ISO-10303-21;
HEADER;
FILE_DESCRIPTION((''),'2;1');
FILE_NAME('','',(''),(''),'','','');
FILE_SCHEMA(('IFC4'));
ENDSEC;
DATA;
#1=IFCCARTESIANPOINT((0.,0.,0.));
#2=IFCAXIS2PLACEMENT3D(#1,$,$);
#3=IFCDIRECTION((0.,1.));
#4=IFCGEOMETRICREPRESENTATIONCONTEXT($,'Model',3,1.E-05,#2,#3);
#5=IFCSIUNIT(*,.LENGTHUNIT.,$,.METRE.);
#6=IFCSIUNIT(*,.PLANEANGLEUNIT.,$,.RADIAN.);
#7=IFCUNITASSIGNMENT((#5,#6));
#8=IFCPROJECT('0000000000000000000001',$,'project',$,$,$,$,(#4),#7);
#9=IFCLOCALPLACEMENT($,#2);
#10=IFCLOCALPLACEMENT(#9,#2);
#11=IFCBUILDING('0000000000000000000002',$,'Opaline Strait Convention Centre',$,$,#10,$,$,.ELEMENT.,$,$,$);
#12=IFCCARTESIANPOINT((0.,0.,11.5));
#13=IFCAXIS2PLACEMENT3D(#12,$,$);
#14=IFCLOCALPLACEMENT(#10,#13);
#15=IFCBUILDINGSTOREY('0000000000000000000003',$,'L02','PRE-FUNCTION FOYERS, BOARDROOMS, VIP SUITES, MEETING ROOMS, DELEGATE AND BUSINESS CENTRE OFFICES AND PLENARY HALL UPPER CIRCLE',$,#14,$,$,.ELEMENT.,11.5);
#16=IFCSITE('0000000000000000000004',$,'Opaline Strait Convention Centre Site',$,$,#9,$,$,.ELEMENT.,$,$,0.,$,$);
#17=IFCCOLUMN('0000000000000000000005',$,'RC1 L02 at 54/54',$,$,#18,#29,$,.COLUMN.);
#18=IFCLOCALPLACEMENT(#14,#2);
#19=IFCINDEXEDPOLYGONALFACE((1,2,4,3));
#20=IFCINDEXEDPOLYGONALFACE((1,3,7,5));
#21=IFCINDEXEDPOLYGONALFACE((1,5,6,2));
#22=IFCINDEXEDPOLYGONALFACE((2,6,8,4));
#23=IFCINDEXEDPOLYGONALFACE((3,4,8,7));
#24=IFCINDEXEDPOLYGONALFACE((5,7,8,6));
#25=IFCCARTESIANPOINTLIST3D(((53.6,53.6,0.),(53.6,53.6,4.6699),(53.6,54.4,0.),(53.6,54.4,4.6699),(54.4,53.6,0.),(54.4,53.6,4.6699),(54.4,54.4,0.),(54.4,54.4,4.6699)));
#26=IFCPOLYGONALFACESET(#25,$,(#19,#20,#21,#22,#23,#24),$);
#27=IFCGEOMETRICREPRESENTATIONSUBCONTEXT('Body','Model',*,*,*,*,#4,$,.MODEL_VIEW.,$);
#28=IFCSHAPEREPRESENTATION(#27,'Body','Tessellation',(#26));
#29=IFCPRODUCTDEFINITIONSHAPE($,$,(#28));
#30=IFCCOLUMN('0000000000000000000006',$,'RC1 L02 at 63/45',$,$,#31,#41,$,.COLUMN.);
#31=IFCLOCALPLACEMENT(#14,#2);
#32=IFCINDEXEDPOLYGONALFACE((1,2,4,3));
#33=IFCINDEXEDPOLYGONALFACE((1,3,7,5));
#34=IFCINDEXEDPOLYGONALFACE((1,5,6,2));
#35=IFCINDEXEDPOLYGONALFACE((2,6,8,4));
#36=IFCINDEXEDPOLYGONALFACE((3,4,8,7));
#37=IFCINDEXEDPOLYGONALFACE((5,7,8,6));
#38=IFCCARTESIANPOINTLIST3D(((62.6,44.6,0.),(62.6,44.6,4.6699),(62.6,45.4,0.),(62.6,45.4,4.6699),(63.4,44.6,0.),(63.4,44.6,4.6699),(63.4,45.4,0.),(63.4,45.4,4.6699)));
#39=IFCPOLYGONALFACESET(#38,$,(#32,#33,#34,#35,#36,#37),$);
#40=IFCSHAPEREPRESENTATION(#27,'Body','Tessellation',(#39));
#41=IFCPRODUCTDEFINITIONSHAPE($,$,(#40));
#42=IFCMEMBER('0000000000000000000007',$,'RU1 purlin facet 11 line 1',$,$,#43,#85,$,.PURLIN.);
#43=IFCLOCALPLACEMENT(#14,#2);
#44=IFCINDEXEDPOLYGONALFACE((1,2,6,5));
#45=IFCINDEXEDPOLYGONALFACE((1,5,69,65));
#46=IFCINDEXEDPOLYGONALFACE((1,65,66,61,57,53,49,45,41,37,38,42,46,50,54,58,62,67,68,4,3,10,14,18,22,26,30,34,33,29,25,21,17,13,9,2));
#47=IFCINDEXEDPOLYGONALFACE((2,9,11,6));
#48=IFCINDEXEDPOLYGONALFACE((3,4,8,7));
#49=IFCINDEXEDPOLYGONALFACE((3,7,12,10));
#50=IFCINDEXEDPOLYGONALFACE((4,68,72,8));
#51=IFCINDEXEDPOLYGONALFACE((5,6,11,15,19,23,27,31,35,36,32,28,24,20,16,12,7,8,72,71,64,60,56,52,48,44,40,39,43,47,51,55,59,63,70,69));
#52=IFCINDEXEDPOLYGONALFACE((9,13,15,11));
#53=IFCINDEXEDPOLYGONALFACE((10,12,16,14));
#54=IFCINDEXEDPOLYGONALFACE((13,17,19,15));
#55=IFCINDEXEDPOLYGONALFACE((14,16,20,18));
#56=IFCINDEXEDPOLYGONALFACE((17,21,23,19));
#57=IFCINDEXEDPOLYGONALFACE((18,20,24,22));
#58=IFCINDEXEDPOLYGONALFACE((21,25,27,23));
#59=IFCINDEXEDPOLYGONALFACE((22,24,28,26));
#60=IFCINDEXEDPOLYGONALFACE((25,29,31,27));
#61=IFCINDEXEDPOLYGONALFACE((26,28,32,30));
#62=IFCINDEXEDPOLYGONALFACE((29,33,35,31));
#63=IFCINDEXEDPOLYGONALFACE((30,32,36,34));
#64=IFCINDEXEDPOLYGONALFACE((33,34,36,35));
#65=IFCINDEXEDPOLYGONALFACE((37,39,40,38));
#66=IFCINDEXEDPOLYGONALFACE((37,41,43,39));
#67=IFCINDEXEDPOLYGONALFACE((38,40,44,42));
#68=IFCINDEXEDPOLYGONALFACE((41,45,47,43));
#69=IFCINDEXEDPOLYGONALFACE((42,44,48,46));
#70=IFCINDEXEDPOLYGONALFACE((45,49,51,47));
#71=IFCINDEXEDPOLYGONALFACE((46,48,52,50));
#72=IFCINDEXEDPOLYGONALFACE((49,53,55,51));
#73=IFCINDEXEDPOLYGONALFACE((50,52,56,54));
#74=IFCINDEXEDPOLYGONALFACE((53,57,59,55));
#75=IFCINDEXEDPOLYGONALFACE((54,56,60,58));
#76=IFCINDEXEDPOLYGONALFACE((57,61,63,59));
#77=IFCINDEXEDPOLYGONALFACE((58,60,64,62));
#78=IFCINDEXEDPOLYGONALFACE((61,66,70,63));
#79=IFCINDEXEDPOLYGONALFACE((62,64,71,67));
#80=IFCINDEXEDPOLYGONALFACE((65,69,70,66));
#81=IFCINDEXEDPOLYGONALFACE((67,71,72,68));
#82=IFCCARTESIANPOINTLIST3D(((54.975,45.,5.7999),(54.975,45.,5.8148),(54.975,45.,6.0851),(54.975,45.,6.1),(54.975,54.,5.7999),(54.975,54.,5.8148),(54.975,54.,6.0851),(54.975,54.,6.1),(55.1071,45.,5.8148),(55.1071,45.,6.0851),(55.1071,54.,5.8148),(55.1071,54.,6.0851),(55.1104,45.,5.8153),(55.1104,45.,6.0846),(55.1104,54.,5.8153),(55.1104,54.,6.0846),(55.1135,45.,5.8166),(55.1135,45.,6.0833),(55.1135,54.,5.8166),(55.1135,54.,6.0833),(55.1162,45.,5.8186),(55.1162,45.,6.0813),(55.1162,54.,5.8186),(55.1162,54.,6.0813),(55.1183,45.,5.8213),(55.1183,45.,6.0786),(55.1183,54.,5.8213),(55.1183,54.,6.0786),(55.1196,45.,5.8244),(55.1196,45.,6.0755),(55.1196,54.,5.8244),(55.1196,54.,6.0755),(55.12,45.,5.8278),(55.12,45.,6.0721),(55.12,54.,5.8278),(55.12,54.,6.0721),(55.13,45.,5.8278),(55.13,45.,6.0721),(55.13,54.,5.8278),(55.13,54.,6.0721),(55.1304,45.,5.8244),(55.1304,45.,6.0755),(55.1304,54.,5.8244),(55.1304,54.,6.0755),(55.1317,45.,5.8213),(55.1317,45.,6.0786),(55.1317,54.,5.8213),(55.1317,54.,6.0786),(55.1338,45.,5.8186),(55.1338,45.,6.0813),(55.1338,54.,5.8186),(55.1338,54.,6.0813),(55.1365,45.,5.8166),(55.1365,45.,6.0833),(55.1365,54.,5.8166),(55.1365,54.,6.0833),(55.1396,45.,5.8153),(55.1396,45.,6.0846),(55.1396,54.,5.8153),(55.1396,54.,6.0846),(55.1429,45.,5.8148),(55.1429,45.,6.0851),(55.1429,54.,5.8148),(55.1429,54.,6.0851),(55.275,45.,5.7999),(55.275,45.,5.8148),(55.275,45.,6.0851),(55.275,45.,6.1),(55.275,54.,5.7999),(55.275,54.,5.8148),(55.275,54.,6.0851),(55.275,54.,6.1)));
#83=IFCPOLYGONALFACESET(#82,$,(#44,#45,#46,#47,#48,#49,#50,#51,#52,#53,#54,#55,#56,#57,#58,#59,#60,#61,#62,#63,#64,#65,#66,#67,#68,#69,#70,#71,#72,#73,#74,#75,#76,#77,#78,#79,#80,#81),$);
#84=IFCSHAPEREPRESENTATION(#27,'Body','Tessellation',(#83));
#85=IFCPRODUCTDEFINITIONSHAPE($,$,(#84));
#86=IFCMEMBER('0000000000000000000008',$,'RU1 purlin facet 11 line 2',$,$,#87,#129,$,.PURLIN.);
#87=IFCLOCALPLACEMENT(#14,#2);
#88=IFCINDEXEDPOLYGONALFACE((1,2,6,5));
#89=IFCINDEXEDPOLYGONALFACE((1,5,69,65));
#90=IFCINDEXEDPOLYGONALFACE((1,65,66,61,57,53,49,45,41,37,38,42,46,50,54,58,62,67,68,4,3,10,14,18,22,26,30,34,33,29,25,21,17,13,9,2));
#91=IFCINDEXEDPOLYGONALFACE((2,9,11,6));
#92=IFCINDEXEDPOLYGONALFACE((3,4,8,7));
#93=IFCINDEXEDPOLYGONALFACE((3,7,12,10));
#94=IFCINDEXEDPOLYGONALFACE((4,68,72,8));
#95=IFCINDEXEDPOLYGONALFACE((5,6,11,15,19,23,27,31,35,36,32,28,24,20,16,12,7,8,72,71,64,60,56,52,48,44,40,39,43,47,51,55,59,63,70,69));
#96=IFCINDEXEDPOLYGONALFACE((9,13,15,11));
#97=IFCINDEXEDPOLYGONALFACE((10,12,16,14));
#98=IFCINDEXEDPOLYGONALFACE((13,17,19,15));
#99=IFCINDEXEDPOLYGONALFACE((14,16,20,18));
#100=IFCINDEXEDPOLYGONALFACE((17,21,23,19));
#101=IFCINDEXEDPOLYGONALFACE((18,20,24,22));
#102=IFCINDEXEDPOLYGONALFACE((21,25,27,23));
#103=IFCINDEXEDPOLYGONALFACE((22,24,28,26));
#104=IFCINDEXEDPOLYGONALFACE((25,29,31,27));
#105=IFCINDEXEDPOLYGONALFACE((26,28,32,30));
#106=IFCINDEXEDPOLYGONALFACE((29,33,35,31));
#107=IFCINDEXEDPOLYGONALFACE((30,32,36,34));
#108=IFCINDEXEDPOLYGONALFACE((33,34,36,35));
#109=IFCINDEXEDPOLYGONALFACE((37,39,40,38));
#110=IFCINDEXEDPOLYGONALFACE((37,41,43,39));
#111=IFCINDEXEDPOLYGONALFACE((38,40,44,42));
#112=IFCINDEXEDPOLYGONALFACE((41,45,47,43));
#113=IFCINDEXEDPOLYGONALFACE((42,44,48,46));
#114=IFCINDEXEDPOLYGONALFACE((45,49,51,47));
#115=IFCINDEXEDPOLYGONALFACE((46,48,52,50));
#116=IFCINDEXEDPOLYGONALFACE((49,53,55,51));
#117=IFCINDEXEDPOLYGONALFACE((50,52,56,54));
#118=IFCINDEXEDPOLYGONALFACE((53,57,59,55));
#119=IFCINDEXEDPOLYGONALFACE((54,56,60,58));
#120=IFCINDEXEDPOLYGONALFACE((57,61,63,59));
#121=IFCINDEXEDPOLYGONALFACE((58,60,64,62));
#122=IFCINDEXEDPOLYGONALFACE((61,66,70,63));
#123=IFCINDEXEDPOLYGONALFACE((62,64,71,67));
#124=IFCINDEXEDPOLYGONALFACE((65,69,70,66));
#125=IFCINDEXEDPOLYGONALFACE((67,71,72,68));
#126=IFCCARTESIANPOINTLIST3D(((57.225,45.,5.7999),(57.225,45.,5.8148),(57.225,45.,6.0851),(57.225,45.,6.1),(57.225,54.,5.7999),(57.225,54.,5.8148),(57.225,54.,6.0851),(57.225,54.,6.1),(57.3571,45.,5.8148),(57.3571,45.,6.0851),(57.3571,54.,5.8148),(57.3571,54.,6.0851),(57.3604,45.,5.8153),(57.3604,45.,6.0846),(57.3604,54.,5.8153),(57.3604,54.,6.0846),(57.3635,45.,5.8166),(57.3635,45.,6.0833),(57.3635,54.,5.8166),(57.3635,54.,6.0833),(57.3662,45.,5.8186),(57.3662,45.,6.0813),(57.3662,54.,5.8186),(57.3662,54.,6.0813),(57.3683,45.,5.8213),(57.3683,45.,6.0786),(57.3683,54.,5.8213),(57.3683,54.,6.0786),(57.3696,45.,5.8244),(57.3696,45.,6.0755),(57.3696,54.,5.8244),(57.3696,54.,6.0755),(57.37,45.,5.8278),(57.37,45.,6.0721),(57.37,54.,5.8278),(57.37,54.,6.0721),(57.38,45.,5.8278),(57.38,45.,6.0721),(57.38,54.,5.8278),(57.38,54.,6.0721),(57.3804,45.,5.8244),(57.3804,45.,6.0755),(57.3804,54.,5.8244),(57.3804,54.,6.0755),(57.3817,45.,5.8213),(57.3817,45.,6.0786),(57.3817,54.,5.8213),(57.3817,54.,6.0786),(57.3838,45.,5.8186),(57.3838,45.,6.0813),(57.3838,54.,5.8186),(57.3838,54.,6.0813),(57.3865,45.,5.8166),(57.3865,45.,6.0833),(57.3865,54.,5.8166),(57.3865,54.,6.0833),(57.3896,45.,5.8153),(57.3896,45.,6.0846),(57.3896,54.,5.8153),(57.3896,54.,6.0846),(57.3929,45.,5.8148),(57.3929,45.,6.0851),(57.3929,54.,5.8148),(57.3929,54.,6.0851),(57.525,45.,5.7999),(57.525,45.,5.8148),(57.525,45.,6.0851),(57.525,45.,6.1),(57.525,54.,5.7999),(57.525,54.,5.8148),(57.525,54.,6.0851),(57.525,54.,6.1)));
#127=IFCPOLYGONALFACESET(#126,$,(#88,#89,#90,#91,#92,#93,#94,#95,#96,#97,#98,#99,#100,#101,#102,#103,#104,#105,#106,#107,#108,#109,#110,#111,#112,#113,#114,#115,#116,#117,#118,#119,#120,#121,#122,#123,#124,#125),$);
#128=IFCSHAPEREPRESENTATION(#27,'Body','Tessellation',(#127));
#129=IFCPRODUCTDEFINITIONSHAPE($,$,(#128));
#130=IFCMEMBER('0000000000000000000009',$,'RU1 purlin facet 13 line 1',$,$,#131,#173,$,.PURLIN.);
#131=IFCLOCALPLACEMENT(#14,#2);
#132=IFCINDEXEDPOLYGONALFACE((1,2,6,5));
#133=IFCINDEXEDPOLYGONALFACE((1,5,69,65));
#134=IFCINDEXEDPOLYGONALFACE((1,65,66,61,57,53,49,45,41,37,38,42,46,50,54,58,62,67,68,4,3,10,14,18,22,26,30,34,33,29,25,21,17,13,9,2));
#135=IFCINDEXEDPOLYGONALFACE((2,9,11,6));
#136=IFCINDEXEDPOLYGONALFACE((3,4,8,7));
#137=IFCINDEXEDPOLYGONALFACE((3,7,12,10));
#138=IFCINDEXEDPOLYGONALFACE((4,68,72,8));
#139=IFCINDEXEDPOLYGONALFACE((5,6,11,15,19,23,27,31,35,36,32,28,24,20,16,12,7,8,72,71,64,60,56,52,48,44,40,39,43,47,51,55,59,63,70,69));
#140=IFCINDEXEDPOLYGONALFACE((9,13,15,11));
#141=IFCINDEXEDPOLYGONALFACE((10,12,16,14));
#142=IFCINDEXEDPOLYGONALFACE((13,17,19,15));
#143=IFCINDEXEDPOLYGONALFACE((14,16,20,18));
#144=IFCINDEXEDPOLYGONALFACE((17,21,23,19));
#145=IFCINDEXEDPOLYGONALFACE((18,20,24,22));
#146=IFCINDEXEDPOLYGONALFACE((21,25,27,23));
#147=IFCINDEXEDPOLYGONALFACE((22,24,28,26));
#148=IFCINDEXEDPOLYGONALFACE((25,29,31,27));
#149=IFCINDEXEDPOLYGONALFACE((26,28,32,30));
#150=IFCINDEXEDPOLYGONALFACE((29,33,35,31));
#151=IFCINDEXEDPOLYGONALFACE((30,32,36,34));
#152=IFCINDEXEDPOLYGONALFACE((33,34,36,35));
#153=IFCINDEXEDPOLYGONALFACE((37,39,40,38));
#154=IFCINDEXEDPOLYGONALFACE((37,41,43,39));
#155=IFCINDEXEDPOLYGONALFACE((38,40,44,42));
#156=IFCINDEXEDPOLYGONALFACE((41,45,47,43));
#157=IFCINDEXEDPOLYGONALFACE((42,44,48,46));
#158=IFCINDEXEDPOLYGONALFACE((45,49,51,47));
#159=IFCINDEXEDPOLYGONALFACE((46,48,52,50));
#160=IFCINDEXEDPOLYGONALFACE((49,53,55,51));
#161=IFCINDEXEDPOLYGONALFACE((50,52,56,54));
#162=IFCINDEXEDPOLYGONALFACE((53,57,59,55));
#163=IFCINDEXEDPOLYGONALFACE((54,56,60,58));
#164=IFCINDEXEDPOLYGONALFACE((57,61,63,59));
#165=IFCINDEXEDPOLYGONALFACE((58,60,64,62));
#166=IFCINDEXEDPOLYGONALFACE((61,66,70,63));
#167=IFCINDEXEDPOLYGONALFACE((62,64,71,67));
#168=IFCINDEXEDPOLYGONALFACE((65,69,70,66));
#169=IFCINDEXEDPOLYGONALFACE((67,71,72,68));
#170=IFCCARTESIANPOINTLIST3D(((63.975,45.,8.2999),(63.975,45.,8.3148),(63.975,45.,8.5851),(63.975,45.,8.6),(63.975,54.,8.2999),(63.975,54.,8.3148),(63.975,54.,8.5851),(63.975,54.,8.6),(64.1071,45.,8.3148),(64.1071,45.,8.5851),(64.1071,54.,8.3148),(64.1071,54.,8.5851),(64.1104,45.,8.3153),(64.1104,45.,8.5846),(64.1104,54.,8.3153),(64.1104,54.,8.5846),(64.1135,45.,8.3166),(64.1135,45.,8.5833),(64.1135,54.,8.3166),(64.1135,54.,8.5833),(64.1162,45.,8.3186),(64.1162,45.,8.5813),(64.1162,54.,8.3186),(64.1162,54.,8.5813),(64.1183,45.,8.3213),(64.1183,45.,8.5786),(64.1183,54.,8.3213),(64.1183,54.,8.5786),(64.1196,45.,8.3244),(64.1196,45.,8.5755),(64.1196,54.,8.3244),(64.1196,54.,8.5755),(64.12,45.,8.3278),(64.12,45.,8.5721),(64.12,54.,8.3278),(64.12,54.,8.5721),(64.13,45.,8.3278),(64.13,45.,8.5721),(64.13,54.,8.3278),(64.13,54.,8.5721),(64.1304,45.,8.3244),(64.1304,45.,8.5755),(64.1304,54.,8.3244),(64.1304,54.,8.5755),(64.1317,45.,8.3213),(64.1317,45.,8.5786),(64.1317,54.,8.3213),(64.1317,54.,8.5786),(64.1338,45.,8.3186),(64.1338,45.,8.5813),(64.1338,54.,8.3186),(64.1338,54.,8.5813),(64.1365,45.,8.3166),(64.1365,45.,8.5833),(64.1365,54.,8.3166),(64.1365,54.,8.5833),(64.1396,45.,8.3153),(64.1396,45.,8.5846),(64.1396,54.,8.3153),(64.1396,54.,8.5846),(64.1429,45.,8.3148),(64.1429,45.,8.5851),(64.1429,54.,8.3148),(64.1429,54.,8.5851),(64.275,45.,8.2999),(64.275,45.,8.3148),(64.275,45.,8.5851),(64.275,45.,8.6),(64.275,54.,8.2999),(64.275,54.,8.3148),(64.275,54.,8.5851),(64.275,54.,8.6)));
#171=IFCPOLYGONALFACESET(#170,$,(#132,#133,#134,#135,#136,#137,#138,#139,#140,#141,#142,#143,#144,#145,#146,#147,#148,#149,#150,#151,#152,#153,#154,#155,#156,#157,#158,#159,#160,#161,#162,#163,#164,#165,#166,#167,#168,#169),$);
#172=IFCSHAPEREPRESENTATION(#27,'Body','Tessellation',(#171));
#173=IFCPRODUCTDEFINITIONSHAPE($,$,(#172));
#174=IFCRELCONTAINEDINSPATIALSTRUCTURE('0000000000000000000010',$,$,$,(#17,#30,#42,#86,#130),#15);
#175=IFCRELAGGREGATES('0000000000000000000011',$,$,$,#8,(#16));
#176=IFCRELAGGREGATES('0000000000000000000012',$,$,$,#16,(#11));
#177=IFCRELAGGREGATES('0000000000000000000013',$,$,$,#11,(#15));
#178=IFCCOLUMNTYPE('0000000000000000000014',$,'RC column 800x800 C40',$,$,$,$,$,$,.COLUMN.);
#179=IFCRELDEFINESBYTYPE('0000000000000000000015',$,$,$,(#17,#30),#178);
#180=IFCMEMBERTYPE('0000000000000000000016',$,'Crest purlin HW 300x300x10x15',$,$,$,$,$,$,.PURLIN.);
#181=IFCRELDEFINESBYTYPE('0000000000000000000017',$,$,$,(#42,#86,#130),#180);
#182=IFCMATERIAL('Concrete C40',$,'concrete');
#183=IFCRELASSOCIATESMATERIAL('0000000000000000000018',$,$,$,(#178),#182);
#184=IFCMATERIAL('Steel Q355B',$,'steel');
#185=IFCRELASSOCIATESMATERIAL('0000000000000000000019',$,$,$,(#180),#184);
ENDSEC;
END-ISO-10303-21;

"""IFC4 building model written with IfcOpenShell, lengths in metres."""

from ifc_helpers import new_model, si_unit, direction, frame, origin, origin_2d, place, context, subcontext, project, spatial, rectangle, i_section, extrude, material, material_profile, profile_set, type_object, element, save


model = new_model("IFC4")

# Units and contexts
model_context = context("Model", 3, precision=1e-05, world=origin(), true_north=direction((0.0, 1.0)))
body_context = subcontext(model_context, "Body", "Model", "MODEL_VIEW")
ifc_project = project(units=[si_unit("LENGTHUNIT", "METRE"), si_unit("PLANEANGLEUNIT", "RADIAN")], contexts=[model_context])

# Site, building, storey
site_placement = place(None, origin())
site = spatial("IfcSite", under=ifc_project, at=site_placement, Name="Opaline Strait Convention Centre Site", CompositionType="ELEMENT", RefElevation=0.0)
building_placement = place(site_placement, origin())
building = spatial("IfcBuilding", under=site, at=building_placement, Name="Opaline Strait Convention Centre", CompositionType="ELEMENT")
storey_placement = place(building_placement, frame((0.0, 0.0, 11.5)))
storey = spatial("IfcBuildingStorey", under=building, at=storey_placement, Name="L02", Description="PRE-FUNCTION FOYERS, BOARDROOMS, VIP SUITES, MEETING ROOMS, DELEGATE AND BUSINESS CENTRE OFFICES AND PLENARY HALL UPPER CIRCLE", CompositionType="ELEMENT", Elevation=11.5)

# Columns
ifc_material_1 = material(Name="Concrete C40", Category="concrete")
ifc_material_profile_1 = material_profile(ifc_material_1, rectangle(XDim=0.8, YDim=0.8, at=origin_2d()), Name="RC 800x800")
ifc_profile_set_1 = profile_set([ifc_material_profile_1], Name="Concrete C40")
column_type = type_object("IfcColumnType", Name="RC column 800x800 C40", PredefinedType="COLUMN", material=ifc_profile_set_1)
for number, where, z_axis, x_axis, name in (
    (1, (54.0, 54.0, 0.0), (0.0, 0.0, 1.0), (1.0, 0.0, 0.0), "RC1 L02 at 54/54"),
    (2, (63.0, 45.0, 0.0), (0.0, 0.0, 1.0), (1.0, 0.0, 0.0), "RC1 L02 at 63/45"),
):
    element("IfcColumn", number, at=place(storey_placement, frame(where, z_axis=z_axis, x_axis=x_axis)), inside=storey, type_object=column_type, Name=name, PredefinedType="COLUMN", context=body_context, shape_type="SweptSolid", body=[
        extrude(rectangle(XDim=0.8, YDim=0.8, at=origin_2d()), origin(), (0.0, 0.0, 1.0), 4.6699),
    ])

# Members
ifc_material_2 = material(Name="Steel Q355B", Category="steel")
ifc_material_profile_2 = material_profile(ifc_material_2, i_section(OverallWidth=0.3, OverallDepth=0.3, WebThickness=0.01, FlangeThickness=0.0149, FilletRadius=0.0129, at=origin_2d()), Name="HW 300x300x10x15")
ifc_profile_set_2 = profile_set([ifc_material_profile_2], Name="Steel Q355B")
member_type_1 = type_object("IfcMemberType", Name="Crest purlin HW 300x300x10x15", PredefinedType="PURLIN", material=ifc_profile_set_2)
for number, where, z_axis, x_axis, name in (
    (3, (55.125, 45.0, 5.95), (0.0, 1.0, 0.0), (-1.0, 0.0, 0.0), "RU1 purlin facet 11 line 1"),
    (4, (57.375, 45.0, 5.95), (0.0, 1.0, 0.0), (-1.0, 0.0, 0.0), "RU1 purlin facet 11 line 2"),
    (5, (64.125, 45.0, 8.45), (0.0, 1.0, 0.0), (-1.0, 0.0, 0.0), "RU1 purlin facet 13 line 1"),
):
    element("IfcMember", number, at=place(storey_placement, frame(where, z_axis=z_axis, x_axis=x_axis)), inside=storey, type_object=member_type_1, Name=name, PredefinedType="PURLIN", context=body_context, shape_type="SweptSolid", body=[
        extrude(i_section(OverallWidth=0.3, OverallDepth=0.3, WebThickness=0.01, FlangeThickness=0.0149, FilletRadius=0.0129, at=origin_2d()), origin(), (0.0, 0.0, 1.0), 9.0),
    ])

save(model, "model.ifc")
